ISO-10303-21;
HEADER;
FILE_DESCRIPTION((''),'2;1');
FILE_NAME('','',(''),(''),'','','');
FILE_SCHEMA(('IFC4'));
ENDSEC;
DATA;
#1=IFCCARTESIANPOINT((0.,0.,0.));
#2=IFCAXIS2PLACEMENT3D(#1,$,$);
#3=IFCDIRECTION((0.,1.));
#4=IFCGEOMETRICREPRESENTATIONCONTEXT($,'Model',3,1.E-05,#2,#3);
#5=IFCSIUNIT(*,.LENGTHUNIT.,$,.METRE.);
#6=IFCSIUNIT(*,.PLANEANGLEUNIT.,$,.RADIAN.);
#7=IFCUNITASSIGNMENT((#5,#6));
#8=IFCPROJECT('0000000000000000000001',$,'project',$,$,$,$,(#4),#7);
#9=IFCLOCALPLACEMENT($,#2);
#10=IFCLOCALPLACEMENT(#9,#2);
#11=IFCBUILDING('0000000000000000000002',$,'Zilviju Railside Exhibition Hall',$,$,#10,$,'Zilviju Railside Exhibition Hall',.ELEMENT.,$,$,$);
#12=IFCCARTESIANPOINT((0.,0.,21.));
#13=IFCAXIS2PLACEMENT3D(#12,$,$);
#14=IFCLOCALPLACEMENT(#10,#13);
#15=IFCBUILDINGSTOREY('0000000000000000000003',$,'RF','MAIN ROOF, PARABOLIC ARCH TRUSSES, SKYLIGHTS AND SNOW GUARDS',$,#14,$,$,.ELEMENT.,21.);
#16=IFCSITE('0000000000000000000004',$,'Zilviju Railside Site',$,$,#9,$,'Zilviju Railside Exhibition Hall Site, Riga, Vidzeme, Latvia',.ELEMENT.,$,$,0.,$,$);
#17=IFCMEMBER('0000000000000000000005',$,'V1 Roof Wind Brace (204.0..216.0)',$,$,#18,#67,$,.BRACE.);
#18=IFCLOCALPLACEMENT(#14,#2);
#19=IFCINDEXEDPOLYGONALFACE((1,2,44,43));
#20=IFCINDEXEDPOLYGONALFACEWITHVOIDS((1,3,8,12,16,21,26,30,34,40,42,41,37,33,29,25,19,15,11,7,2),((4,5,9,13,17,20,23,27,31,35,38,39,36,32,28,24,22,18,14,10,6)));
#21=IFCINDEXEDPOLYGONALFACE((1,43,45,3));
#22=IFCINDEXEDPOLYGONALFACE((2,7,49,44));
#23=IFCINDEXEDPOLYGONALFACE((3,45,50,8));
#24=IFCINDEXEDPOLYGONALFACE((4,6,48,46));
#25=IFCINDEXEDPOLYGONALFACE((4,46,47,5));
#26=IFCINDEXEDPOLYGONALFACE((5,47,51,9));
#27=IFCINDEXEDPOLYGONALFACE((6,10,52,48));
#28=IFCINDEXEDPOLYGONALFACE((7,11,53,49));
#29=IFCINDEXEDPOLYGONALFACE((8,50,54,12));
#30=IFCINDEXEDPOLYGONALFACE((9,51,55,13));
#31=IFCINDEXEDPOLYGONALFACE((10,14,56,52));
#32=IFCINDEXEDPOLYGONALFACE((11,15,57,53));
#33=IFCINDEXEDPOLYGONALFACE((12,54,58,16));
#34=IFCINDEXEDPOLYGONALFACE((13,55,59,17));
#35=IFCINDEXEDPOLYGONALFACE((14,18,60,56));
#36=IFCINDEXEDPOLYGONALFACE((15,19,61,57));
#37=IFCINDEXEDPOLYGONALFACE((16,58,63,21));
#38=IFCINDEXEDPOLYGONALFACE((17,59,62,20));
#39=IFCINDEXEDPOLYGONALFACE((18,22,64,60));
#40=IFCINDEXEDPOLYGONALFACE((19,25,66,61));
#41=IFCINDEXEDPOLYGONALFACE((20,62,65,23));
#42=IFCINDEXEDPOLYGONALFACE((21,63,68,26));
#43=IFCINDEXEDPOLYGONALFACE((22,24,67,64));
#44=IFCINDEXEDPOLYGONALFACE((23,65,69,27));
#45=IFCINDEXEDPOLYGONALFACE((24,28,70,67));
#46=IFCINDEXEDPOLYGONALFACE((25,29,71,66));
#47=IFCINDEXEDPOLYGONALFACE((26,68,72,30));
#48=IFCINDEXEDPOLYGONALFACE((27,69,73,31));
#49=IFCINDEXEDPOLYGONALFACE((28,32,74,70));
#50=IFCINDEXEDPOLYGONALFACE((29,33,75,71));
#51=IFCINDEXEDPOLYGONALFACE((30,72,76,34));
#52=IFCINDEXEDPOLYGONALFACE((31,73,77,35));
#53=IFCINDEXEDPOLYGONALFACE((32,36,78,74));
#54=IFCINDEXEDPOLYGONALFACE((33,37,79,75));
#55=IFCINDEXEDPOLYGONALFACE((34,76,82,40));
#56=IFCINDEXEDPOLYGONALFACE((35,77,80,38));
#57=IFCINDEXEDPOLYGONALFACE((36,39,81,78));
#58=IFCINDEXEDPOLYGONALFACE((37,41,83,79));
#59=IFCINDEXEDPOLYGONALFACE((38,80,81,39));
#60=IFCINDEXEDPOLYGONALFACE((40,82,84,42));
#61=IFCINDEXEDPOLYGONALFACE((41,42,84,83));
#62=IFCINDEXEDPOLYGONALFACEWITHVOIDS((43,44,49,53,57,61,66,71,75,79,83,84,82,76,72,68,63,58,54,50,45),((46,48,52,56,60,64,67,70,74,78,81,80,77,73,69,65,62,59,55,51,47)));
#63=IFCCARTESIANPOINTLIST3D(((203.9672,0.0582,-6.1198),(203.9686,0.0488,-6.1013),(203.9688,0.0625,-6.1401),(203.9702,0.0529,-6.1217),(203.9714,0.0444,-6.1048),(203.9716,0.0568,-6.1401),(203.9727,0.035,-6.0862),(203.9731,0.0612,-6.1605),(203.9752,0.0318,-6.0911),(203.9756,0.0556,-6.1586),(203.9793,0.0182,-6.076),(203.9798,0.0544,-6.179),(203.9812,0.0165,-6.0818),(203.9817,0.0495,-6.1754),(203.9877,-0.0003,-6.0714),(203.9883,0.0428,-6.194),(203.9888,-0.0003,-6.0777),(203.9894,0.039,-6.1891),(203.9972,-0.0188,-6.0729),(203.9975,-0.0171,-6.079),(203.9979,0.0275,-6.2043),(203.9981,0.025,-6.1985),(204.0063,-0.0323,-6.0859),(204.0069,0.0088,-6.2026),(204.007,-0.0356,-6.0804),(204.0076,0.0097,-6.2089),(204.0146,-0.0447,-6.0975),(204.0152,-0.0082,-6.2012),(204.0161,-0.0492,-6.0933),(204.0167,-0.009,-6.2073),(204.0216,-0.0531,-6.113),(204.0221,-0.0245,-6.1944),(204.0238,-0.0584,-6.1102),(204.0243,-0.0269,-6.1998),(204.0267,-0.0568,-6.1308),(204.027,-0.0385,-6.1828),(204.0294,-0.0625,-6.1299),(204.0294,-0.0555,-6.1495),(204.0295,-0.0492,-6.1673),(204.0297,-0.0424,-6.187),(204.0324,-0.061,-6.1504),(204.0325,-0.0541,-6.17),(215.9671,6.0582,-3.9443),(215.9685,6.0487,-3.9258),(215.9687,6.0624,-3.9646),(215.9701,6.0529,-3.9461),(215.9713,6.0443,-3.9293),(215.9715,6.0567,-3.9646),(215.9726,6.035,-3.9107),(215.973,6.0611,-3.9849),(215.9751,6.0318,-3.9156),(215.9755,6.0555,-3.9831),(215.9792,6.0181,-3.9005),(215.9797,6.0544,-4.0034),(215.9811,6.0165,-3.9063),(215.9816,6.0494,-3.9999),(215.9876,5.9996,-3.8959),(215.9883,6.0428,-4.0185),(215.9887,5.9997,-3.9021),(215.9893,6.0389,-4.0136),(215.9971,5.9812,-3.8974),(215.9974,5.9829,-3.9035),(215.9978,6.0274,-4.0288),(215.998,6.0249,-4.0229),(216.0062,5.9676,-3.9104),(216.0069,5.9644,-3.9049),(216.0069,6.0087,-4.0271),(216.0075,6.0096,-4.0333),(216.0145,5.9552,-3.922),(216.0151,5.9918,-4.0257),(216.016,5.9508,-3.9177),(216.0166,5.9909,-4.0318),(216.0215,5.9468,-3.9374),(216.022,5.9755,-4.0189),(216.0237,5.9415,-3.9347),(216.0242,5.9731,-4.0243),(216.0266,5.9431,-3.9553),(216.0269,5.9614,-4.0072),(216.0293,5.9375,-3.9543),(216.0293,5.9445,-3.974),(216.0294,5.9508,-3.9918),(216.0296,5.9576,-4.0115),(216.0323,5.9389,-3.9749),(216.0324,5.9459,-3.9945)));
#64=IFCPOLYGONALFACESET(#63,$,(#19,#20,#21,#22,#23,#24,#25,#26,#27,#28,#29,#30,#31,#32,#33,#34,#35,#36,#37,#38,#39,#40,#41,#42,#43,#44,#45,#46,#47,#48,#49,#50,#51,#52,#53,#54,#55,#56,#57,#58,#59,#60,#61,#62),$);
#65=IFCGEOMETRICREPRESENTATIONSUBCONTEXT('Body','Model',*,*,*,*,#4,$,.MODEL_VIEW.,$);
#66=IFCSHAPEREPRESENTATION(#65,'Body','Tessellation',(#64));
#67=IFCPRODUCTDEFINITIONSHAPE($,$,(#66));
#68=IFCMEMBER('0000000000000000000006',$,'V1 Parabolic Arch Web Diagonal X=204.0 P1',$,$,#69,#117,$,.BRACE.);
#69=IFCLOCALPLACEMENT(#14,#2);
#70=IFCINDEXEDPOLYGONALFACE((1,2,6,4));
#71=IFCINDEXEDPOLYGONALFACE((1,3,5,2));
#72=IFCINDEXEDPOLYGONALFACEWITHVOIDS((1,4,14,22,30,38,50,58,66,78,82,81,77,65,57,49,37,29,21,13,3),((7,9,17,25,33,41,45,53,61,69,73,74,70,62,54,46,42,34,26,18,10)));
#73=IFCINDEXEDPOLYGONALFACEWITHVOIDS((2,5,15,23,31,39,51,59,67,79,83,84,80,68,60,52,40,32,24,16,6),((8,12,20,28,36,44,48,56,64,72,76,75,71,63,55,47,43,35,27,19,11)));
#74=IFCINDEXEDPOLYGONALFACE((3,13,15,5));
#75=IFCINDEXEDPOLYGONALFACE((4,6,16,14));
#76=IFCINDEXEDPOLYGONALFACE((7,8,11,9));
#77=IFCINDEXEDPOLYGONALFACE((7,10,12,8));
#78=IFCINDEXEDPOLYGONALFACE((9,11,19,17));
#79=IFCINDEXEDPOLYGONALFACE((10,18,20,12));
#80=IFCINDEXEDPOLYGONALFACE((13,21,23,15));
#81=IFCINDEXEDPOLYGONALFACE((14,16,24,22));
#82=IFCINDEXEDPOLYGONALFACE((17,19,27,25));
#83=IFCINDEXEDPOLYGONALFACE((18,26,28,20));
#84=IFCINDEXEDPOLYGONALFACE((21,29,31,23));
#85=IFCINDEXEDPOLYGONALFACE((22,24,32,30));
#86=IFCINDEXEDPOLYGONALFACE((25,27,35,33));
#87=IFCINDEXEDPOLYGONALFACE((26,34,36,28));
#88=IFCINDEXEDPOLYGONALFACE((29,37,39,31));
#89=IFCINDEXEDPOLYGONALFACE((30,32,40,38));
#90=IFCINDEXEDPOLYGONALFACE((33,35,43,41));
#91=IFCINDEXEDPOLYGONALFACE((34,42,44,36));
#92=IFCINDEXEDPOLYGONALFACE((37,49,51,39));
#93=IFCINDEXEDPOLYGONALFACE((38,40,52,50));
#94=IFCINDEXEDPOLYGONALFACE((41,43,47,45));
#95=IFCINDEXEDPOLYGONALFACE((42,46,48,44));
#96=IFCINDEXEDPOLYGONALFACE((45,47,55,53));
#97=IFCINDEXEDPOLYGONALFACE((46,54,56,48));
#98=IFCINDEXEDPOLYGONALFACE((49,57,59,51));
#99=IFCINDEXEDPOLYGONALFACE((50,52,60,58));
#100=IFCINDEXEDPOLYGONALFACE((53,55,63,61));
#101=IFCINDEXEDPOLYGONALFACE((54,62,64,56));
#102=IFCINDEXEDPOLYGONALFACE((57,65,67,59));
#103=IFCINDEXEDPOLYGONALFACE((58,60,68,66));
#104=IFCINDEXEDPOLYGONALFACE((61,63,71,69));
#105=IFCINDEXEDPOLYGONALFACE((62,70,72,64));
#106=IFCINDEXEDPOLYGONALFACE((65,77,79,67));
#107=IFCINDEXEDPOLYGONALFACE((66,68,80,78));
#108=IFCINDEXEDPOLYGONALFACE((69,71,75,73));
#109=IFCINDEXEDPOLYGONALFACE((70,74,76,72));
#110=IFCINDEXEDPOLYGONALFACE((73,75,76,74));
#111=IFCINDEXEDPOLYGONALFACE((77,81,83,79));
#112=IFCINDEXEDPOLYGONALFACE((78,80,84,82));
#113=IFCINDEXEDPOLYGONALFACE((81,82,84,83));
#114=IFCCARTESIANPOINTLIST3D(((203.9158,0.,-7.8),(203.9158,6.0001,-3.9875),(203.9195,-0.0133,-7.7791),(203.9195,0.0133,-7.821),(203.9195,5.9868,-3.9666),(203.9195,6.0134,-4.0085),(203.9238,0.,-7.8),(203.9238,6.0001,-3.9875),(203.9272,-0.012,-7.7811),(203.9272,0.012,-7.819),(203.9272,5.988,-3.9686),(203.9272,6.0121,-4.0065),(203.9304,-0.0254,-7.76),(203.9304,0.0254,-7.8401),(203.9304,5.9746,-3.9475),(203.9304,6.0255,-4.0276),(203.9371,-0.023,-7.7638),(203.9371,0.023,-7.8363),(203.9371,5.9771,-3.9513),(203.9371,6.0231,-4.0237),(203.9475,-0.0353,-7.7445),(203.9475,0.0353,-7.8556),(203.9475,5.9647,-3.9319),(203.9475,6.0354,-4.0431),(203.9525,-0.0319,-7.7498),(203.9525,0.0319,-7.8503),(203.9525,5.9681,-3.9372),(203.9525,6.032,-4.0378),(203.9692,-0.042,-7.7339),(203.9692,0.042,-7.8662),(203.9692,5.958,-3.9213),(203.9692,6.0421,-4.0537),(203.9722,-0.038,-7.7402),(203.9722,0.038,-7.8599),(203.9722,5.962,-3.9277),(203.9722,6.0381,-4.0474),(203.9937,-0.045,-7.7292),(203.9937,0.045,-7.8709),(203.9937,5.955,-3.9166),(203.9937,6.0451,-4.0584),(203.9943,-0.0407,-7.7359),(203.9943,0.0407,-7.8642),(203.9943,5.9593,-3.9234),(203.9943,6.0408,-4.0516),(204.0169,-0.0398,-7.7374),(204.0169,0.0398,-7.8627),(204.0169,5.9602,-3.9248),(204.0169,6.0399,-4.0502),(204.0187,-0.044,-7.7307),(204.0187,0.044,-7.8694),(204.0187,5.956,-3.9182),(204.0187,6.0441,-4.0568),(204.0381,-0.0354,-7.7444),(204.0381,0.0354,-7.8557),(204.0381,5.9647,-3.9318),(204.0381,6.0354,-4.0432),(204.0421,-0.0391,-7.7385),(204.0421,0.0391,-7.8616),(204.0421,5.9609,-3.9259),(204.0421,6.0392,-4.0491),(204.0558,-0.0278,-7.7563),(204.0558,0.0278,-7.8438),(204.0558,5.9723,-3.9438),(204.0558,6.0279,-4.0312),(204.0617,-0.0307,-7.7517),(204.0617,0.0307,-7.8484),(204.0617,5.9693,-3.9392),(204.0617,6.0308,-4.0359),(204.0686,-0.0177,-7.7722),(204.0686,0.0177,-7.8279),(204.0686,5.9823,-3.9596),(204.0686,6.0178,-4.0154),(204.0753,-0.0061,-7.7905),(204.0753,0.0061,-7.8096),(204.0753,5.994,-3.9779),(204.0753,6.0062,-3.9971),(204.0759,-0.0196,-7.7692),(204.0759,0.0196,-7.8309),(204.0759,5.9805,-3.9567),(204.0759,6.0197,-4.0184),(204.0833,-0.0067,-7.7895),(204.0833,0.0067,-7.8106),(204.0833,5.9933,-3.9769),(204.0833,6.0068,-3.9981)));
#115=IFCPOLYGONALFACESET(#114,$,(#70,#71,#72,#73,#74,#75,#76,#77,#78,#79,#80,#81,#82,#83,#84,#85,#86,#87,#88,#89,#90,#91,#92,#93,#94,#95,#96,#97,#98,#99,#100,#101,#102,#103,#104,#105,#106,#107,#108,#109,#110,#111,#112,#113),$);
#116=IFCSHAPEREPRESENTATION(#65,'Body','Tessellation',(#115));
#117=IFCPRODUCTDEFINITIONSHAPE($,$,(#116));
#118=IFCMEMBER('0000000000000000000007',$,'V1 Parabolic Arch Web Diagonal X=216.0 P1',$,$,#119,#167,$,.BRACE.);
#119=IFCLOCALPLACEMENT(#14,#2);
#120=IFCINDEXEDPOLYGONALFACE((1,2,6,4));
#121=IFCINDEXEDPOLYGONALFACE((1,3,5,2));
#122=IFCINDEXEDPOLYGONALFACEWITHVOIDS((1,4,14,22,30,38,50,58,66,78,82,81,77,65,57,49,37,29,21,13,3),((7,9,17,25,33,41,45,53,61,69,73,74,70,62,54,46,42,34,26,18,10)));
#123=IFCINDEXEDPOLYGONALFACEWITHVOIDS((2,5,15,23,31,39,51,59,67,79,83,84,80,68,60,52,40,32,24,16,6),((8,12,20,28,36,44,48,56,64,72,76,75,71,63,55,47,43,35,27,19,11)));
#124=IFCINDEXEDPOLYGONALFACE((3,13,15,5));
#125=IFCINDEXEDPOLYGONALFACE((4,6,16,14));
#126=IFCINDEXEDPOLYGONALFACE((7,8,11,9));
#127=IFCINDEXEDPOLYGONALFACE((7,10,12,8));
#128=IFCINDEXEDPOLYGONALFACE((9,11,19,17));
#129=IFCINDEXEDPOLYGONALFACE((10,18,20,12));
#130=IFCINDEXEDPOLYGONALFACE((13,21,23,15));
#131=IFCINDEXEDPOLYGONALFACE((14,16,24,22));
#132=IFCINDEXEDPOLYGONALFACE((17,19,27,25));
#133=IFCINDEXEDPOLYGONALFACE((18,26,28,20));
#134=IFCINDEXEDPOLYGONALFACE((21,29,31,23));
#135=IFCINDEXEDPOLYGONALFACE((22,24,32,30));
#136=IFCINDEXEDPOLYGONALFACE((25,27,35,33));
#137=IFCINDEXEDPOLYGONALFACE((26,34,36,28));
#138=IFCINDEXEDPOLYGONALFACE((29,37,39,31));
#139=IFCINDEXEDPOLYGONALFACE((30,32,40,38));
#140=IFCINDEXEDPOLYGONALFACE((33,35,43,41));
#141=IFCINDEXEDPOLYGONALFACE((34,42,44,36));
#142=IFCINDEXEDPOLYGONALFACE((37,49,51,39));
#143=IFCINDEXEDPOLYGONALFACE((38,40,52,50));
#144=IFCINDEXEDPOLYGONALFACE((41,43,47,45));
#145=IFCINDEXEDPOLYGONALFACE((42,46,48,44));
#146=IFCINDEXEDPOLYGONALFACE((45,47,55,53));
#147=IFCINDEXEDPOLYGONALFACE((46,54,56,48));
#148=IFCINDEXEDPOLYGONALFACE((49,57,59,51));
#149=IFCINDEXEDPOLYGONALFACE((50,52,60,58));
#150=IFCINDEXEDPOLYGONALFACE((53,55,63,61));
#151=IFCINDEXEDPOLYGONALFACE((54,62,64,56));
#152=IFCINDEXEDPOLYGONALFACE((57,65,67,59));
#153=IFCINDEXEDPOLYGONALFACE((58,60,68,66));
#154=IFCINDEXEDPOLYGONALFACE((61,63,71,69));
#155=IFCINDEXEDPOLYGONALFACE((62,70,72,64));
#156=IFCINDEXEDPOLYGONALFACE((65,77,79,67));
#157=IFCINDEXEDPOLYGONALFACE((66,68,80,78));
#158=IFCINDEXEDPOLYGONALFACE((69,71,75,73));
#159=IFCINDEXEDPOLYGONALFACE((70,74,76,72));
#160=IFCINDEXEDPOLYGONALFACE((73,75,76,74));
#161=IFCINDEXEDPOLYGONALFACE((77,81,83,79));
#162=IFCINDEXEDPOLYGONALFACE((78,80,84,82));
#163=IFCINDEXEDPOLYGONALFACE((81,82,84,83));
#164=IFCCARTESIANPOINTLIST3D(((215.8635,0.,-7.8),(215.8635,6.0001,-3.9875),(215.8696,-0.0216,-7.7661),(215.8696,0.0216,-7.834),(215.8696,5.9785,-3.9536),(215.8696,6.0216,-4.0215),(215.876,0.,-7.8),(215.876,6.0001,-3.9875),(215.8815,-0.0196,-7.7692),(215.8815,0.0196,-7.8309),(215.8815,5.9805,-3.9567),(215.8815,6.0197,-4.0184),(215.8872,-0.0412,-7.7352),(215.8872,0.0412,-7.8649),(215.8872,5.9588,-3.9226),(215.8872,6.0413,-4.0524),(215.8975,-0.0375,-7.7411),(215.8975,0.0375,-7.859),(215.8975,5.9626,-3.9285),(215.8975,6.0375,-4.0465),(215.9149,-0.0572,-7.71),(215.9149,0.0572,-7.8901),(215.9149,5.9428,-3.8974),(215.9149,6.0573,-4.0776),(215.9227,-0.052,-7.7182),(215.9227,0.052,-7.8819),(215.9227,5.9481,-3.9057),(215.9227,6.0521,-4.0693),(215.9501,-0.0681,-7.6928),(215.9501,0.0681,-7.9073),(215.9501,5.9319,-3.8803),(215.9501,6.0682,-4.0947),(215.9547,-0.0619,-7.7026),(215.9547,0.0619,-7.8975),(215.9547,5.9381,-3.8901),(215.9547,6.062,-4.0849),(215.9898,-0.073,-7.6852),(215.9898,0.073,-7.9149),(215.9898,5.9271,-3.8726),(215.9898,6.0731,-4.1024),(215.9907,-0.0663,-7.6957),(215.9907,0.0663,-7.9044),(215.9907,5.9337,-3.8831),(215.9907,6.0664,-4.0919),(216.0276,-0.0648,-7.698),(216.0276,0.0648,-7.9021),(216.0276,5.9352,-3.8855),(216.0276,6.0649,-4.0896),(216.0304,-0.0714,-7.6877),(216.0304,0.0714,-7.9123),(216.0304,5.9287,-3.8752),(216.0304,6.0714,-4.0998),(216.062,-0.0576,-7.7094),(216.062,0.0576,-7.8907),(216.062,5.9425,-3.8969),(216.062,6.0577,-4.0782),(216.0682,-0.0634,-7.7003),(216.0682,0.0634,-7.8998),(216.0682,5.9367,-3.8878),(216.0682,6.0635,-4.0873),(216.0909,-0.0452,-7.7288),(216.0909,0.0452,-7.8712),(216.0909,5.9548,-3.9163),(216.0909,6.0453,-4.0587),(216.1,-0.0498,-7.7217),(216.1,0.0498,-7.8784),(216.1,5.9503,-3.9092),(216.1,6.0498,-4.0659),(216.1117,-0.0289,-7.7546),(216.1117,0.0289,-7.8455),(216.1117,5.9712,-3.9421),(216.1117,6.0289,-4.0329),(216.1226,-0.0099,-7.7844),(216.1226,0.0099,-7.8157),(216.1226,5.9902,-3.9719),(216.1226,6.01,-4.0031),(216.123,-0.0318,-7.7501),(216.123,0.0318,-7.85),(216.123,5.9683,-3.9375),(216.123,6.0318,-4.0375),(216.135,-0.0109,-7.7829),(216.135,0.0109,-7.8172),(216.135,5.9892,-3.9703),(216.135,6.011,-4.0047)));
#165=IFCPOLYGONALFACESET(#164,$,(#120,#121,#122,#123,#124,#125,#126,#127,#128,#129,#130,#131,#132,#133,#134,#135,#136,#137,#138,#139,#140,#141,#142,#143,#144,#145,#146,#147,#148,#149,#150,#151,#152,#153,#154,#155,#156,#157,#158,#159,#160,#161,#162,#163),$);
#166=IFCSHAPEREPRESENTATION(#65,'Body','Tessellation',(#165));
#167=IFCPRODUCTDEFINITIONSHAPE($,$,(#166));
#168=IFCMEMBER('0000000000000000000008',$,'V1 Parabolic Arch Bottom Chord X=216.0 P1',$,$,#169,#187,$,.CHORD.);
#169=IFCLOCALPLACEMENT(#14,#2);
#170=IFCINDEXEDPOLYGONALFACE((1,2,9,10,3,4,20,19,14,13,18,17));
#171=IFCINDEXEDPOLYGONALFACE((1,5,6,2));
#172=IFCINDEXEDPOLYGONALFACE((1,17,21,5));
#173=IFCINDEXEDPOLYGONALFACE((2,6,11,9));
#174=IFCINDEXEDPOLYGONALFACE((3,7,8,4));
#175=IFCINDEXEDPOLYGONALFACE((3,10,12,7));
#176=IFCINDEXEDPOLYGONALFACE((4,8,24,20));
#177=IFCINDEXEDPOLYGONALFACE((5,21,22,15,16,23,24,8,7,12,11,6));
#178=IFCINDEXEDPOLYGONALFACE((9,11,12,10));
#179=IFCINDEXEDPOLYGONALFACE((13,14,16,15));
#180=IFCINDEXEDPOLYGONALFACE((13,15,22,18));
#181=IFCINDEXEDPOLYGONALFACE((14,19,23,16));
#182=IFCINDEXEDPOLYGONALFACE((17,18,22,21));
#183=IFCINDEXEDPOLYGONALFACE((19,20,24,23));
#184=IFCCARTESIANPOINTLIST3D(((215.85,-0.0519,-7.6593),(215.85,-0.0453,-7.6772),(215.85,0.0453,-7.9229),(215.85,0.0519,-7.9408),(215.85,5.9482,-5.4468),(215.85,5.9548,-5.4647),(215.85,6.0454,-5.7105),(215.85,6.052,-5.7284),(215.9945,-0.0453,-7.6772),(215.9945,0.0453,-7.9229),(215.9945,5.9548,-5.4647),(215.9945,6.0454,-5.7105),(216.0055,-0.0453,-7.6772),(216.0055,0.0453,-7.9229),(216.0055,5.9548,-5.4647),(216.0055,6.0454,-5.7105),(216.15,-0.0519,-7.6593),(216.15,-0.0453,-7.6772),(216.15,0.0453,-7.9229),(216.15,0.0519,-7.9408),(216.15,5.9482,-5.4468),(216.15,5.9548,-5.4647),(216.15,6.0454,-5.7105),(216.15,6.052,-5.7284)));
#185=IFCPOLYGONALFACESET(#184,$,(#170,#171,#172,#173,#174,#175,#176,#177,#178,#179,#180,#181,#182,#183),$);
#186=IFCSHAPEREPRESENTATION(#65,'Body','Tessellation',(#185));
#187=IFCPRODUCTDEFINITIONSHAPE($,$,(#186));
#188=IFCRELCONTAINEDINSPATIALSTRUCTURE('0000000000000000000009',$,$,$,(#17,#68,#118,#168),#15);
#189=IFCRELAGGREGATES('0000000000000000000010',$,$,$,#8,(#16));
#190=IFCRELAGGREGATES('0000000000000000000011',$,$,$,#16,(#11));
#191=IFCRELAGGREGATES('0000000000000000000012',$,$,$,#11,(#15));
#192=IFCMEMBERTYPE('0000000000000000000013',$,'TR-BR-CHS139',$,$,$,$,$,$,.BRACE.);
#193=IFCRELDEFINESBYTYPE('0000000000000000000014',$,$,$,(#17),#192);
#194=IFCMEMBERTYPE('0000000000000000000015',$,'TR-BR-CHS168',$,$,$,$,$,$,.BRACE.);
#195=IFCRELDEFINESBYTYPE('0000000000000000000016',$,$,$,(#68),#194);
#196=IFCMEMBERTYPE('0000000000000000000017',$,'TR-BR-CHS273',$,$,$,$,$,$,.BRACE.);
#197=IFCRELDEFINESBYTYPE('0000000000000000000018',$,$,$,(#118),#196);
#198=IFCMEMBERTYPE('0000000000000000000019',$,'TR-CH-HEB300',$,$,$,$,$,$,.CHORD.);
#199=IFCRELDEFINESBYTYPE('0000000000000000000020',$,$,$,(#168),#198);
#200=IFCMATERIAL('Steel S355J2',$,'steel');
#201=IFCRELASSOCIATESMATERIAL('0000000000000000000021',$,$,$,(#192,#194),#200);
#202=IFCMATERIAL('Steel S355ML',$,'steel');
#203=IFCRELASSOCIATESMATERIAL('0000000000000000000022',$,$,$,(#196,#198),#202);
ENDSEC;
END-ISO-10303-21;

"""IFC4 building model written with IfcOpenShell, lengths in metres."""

from ifc_helpers import new_model, si_unit, direction, frame, origin, origin_2d, place, context, subcontext, project, spatial, hollow_circle, i_section, extrude, material, material_profile, profile_set, type_object, element, save


model = new_model("IFC4")

# Units and contexts
model_context = context("Model", 3, precision=1e-05, world=origin(), true_north=direction((0.0, 1.0)))
body_context = subcontext(model_context, "Body", "Model", "MODEL_VIEW")
ifc_project = project(units=[si_unit("LENGTHUNIT", "METRE"), si_unit("PLANEANGLEUNIT", "RADIAN")], contexts=[model_context])

# Site, building, storey
site_placement = place(None, origin())
site = spatial("IfcSite", under=ifc_project, at=site_placement, Name="Zilviju Railside Site", LongName="Zilviju Railside Exhibition Hall Site, Riga, Vidzeme, Latvia", CompositionType="ELEMENT", RefElevation=0.0)
building_placement = place(site_placement, origin())
building = spatial("IfcBuilding", under=site, at=building_placement, Name="Zilviju Railside Exhibition Hall", LongName="Zilviju Railside Exhibition Hall", CompositionType="ELEMENT")
storey_placement = place(building_placement, frame((0.0, 0.0, 21.0)))
storey = spatial("IfcBuildingStorey", under=building, at=storey_placement, Name="RF", Description="MAIN ROOF, PARABOLIC ARCH TRUSSES, SKYLIGHTS AND SNOW GUARDS", CompositionType="ELEMENT", Elevation=21.0)

# Members
ifc_material_1 = material(Name="Steel S355J2", Category="steel")
ifc_material_profile_1 = material_profile(ifc_material_1, hollow_circle(Radius=0.0698, WallThickness=0.0063, at=origin_2d()), Name="CHS 139.7x6.3")
ifc_profile_set_1 = profile_set([ifc_material_profile_1], Name="Steel S355J2")
member_type_1 = type_object("IfcMemberType", Name="TR-BR-CHS139", PredefinedType="BRACE", material=ifc_profile_set_1)
member_1_placement = place(storey_placement, frame((204.0, 0.0, -6.1401), z_axis=(0.882895, 0.441447, 0.160064), x_axis=(-0.447214, 0.894427, 0.0)))
element("IfcMember", 1, at=member_1_placement, inside=storey, type_object=member_type_1, Name="V1 Roof Wind Brace (204.0..216.0)", PredefinedType="BRACE", context=body_context, shape_type="SweptSolid", body=[
    extrude(hollow_circle(Radius=0.0698, WallThickness=0.0063, at=origin_2d()), origin(), (0.0, 0.0, 1.0), 13.5916),
])
ifc_material_profile_2 = material_profile(ifc_material_1, hollow_circle(Radius=0.0842, WallThickness=0.0081, at=origin_2d()), Name="CHS 168.3x8.0")
ifc_profile_set_2 = profile_set([ifc_material_profile_2], Name="Steel S355J2")
member_type_2 = type_object("IfcMemberType", Name="TR-BR-CHS168", PredefinedType="BRACE", material=ifc_profile_set_2)
member_2_placement = place(storey_placement, frame((204.0, 0.0, -7.8), z_axis=(0.0, 0.844023, 0.536306), x_axis=(-1.0, 0.0, 0.0)))
element("IfcMember", 2, at=member_2_placement, inside=storey, type_object=member_type_2, Name="V1 Parabolic Arch Web Diagonal X=204.0 P1", PredefinedType="BRACE", context=body_context, shape_type="SweptSolid", body=[
    extrude(hollow_circle(Radius=0.0842, WallThickness=0.0081, at=origin_2d()), origin(), (0.0, 0.0, 1.0), 7.1089),
])
ifc_material_2 = material(Name="Steel S355ML", Category="steel")
ifc_material_profile_3 = material_profile(ifc_material_2, hollow_circle(Radius=0.1365, WallThickness=0.0125, at=origin_2d()), Name="CHS 273.0x12.5")
ifc_profile_set_3 = profile_set([ifc_material_profile_3], Name="Steel S355ML")
member_type_3 = type_object("IfcMemberType", Name="TR-BR-CHS273", PredefinedType="BRACE", material=ifc_profile_set_3)
member_3_placement = place(storey_placement, frame((216.0, 0.0, -7.8), z_axis=(0.0, 0.844023, 0.536306), x_axis=(-1.0, 0.0, 0.0)))
element("IfcMember", 3, at=member_3_placement, inside=storey, type_object=member_type_3, Name="V1 Parabolic Arch Web Diagonal X=216.0 P1", PredefinedType="BRACE", context=body_context, shape_type="SweptSolid", body=[
    extrude(hollow_circle(Radius=0.1365, WallThickness=0.0125, at=origin_2d()), origin(), (0.0, 0.0, 1.0), 7.1089),
])
ifc_material_profile_4 = material_profile(ifc_material_2, i_section(OverallWidth=0.3, OverallDepth=0.3, WebThickness=0.011, FlangeThickness=0.019, at=origin_2d()), Name="HEB 300")
ifc_profile_set_4 = profile_set([ifc_material_profile_4], Name="Steel S355ML")
member_type_4 = type_object("IfcMemberType", Name="TR-CH-HEB300", PredefinedType="CHORD", material=ifc_profile_set_4)
member_4_placement = place(storey_placement, frame((216.0, 0.0, -7.8), z_axis=(0.0, 0.938248, 0.345964), x_axis=(-1.0, 0.0, 0.0)))
element("IfcMember", 4, at=member_4_placement, inside=storey, type_object=member_type_4, Name="V1 Parabolic Arch Bottom Chord X=216.0 P1", PredefinedType="CHORD", context=body_context, shape_type="SweptSolid", body=[
    extrude(i_section(OverallWidth=0.3, OverallDepth=0.3, WebThickness=0.011, FlangeThickness=0.019, at=origin_2d()), origin(), (0.0, 0.0, 1.0), 6.395),
])

save(model, "model.ifc")
